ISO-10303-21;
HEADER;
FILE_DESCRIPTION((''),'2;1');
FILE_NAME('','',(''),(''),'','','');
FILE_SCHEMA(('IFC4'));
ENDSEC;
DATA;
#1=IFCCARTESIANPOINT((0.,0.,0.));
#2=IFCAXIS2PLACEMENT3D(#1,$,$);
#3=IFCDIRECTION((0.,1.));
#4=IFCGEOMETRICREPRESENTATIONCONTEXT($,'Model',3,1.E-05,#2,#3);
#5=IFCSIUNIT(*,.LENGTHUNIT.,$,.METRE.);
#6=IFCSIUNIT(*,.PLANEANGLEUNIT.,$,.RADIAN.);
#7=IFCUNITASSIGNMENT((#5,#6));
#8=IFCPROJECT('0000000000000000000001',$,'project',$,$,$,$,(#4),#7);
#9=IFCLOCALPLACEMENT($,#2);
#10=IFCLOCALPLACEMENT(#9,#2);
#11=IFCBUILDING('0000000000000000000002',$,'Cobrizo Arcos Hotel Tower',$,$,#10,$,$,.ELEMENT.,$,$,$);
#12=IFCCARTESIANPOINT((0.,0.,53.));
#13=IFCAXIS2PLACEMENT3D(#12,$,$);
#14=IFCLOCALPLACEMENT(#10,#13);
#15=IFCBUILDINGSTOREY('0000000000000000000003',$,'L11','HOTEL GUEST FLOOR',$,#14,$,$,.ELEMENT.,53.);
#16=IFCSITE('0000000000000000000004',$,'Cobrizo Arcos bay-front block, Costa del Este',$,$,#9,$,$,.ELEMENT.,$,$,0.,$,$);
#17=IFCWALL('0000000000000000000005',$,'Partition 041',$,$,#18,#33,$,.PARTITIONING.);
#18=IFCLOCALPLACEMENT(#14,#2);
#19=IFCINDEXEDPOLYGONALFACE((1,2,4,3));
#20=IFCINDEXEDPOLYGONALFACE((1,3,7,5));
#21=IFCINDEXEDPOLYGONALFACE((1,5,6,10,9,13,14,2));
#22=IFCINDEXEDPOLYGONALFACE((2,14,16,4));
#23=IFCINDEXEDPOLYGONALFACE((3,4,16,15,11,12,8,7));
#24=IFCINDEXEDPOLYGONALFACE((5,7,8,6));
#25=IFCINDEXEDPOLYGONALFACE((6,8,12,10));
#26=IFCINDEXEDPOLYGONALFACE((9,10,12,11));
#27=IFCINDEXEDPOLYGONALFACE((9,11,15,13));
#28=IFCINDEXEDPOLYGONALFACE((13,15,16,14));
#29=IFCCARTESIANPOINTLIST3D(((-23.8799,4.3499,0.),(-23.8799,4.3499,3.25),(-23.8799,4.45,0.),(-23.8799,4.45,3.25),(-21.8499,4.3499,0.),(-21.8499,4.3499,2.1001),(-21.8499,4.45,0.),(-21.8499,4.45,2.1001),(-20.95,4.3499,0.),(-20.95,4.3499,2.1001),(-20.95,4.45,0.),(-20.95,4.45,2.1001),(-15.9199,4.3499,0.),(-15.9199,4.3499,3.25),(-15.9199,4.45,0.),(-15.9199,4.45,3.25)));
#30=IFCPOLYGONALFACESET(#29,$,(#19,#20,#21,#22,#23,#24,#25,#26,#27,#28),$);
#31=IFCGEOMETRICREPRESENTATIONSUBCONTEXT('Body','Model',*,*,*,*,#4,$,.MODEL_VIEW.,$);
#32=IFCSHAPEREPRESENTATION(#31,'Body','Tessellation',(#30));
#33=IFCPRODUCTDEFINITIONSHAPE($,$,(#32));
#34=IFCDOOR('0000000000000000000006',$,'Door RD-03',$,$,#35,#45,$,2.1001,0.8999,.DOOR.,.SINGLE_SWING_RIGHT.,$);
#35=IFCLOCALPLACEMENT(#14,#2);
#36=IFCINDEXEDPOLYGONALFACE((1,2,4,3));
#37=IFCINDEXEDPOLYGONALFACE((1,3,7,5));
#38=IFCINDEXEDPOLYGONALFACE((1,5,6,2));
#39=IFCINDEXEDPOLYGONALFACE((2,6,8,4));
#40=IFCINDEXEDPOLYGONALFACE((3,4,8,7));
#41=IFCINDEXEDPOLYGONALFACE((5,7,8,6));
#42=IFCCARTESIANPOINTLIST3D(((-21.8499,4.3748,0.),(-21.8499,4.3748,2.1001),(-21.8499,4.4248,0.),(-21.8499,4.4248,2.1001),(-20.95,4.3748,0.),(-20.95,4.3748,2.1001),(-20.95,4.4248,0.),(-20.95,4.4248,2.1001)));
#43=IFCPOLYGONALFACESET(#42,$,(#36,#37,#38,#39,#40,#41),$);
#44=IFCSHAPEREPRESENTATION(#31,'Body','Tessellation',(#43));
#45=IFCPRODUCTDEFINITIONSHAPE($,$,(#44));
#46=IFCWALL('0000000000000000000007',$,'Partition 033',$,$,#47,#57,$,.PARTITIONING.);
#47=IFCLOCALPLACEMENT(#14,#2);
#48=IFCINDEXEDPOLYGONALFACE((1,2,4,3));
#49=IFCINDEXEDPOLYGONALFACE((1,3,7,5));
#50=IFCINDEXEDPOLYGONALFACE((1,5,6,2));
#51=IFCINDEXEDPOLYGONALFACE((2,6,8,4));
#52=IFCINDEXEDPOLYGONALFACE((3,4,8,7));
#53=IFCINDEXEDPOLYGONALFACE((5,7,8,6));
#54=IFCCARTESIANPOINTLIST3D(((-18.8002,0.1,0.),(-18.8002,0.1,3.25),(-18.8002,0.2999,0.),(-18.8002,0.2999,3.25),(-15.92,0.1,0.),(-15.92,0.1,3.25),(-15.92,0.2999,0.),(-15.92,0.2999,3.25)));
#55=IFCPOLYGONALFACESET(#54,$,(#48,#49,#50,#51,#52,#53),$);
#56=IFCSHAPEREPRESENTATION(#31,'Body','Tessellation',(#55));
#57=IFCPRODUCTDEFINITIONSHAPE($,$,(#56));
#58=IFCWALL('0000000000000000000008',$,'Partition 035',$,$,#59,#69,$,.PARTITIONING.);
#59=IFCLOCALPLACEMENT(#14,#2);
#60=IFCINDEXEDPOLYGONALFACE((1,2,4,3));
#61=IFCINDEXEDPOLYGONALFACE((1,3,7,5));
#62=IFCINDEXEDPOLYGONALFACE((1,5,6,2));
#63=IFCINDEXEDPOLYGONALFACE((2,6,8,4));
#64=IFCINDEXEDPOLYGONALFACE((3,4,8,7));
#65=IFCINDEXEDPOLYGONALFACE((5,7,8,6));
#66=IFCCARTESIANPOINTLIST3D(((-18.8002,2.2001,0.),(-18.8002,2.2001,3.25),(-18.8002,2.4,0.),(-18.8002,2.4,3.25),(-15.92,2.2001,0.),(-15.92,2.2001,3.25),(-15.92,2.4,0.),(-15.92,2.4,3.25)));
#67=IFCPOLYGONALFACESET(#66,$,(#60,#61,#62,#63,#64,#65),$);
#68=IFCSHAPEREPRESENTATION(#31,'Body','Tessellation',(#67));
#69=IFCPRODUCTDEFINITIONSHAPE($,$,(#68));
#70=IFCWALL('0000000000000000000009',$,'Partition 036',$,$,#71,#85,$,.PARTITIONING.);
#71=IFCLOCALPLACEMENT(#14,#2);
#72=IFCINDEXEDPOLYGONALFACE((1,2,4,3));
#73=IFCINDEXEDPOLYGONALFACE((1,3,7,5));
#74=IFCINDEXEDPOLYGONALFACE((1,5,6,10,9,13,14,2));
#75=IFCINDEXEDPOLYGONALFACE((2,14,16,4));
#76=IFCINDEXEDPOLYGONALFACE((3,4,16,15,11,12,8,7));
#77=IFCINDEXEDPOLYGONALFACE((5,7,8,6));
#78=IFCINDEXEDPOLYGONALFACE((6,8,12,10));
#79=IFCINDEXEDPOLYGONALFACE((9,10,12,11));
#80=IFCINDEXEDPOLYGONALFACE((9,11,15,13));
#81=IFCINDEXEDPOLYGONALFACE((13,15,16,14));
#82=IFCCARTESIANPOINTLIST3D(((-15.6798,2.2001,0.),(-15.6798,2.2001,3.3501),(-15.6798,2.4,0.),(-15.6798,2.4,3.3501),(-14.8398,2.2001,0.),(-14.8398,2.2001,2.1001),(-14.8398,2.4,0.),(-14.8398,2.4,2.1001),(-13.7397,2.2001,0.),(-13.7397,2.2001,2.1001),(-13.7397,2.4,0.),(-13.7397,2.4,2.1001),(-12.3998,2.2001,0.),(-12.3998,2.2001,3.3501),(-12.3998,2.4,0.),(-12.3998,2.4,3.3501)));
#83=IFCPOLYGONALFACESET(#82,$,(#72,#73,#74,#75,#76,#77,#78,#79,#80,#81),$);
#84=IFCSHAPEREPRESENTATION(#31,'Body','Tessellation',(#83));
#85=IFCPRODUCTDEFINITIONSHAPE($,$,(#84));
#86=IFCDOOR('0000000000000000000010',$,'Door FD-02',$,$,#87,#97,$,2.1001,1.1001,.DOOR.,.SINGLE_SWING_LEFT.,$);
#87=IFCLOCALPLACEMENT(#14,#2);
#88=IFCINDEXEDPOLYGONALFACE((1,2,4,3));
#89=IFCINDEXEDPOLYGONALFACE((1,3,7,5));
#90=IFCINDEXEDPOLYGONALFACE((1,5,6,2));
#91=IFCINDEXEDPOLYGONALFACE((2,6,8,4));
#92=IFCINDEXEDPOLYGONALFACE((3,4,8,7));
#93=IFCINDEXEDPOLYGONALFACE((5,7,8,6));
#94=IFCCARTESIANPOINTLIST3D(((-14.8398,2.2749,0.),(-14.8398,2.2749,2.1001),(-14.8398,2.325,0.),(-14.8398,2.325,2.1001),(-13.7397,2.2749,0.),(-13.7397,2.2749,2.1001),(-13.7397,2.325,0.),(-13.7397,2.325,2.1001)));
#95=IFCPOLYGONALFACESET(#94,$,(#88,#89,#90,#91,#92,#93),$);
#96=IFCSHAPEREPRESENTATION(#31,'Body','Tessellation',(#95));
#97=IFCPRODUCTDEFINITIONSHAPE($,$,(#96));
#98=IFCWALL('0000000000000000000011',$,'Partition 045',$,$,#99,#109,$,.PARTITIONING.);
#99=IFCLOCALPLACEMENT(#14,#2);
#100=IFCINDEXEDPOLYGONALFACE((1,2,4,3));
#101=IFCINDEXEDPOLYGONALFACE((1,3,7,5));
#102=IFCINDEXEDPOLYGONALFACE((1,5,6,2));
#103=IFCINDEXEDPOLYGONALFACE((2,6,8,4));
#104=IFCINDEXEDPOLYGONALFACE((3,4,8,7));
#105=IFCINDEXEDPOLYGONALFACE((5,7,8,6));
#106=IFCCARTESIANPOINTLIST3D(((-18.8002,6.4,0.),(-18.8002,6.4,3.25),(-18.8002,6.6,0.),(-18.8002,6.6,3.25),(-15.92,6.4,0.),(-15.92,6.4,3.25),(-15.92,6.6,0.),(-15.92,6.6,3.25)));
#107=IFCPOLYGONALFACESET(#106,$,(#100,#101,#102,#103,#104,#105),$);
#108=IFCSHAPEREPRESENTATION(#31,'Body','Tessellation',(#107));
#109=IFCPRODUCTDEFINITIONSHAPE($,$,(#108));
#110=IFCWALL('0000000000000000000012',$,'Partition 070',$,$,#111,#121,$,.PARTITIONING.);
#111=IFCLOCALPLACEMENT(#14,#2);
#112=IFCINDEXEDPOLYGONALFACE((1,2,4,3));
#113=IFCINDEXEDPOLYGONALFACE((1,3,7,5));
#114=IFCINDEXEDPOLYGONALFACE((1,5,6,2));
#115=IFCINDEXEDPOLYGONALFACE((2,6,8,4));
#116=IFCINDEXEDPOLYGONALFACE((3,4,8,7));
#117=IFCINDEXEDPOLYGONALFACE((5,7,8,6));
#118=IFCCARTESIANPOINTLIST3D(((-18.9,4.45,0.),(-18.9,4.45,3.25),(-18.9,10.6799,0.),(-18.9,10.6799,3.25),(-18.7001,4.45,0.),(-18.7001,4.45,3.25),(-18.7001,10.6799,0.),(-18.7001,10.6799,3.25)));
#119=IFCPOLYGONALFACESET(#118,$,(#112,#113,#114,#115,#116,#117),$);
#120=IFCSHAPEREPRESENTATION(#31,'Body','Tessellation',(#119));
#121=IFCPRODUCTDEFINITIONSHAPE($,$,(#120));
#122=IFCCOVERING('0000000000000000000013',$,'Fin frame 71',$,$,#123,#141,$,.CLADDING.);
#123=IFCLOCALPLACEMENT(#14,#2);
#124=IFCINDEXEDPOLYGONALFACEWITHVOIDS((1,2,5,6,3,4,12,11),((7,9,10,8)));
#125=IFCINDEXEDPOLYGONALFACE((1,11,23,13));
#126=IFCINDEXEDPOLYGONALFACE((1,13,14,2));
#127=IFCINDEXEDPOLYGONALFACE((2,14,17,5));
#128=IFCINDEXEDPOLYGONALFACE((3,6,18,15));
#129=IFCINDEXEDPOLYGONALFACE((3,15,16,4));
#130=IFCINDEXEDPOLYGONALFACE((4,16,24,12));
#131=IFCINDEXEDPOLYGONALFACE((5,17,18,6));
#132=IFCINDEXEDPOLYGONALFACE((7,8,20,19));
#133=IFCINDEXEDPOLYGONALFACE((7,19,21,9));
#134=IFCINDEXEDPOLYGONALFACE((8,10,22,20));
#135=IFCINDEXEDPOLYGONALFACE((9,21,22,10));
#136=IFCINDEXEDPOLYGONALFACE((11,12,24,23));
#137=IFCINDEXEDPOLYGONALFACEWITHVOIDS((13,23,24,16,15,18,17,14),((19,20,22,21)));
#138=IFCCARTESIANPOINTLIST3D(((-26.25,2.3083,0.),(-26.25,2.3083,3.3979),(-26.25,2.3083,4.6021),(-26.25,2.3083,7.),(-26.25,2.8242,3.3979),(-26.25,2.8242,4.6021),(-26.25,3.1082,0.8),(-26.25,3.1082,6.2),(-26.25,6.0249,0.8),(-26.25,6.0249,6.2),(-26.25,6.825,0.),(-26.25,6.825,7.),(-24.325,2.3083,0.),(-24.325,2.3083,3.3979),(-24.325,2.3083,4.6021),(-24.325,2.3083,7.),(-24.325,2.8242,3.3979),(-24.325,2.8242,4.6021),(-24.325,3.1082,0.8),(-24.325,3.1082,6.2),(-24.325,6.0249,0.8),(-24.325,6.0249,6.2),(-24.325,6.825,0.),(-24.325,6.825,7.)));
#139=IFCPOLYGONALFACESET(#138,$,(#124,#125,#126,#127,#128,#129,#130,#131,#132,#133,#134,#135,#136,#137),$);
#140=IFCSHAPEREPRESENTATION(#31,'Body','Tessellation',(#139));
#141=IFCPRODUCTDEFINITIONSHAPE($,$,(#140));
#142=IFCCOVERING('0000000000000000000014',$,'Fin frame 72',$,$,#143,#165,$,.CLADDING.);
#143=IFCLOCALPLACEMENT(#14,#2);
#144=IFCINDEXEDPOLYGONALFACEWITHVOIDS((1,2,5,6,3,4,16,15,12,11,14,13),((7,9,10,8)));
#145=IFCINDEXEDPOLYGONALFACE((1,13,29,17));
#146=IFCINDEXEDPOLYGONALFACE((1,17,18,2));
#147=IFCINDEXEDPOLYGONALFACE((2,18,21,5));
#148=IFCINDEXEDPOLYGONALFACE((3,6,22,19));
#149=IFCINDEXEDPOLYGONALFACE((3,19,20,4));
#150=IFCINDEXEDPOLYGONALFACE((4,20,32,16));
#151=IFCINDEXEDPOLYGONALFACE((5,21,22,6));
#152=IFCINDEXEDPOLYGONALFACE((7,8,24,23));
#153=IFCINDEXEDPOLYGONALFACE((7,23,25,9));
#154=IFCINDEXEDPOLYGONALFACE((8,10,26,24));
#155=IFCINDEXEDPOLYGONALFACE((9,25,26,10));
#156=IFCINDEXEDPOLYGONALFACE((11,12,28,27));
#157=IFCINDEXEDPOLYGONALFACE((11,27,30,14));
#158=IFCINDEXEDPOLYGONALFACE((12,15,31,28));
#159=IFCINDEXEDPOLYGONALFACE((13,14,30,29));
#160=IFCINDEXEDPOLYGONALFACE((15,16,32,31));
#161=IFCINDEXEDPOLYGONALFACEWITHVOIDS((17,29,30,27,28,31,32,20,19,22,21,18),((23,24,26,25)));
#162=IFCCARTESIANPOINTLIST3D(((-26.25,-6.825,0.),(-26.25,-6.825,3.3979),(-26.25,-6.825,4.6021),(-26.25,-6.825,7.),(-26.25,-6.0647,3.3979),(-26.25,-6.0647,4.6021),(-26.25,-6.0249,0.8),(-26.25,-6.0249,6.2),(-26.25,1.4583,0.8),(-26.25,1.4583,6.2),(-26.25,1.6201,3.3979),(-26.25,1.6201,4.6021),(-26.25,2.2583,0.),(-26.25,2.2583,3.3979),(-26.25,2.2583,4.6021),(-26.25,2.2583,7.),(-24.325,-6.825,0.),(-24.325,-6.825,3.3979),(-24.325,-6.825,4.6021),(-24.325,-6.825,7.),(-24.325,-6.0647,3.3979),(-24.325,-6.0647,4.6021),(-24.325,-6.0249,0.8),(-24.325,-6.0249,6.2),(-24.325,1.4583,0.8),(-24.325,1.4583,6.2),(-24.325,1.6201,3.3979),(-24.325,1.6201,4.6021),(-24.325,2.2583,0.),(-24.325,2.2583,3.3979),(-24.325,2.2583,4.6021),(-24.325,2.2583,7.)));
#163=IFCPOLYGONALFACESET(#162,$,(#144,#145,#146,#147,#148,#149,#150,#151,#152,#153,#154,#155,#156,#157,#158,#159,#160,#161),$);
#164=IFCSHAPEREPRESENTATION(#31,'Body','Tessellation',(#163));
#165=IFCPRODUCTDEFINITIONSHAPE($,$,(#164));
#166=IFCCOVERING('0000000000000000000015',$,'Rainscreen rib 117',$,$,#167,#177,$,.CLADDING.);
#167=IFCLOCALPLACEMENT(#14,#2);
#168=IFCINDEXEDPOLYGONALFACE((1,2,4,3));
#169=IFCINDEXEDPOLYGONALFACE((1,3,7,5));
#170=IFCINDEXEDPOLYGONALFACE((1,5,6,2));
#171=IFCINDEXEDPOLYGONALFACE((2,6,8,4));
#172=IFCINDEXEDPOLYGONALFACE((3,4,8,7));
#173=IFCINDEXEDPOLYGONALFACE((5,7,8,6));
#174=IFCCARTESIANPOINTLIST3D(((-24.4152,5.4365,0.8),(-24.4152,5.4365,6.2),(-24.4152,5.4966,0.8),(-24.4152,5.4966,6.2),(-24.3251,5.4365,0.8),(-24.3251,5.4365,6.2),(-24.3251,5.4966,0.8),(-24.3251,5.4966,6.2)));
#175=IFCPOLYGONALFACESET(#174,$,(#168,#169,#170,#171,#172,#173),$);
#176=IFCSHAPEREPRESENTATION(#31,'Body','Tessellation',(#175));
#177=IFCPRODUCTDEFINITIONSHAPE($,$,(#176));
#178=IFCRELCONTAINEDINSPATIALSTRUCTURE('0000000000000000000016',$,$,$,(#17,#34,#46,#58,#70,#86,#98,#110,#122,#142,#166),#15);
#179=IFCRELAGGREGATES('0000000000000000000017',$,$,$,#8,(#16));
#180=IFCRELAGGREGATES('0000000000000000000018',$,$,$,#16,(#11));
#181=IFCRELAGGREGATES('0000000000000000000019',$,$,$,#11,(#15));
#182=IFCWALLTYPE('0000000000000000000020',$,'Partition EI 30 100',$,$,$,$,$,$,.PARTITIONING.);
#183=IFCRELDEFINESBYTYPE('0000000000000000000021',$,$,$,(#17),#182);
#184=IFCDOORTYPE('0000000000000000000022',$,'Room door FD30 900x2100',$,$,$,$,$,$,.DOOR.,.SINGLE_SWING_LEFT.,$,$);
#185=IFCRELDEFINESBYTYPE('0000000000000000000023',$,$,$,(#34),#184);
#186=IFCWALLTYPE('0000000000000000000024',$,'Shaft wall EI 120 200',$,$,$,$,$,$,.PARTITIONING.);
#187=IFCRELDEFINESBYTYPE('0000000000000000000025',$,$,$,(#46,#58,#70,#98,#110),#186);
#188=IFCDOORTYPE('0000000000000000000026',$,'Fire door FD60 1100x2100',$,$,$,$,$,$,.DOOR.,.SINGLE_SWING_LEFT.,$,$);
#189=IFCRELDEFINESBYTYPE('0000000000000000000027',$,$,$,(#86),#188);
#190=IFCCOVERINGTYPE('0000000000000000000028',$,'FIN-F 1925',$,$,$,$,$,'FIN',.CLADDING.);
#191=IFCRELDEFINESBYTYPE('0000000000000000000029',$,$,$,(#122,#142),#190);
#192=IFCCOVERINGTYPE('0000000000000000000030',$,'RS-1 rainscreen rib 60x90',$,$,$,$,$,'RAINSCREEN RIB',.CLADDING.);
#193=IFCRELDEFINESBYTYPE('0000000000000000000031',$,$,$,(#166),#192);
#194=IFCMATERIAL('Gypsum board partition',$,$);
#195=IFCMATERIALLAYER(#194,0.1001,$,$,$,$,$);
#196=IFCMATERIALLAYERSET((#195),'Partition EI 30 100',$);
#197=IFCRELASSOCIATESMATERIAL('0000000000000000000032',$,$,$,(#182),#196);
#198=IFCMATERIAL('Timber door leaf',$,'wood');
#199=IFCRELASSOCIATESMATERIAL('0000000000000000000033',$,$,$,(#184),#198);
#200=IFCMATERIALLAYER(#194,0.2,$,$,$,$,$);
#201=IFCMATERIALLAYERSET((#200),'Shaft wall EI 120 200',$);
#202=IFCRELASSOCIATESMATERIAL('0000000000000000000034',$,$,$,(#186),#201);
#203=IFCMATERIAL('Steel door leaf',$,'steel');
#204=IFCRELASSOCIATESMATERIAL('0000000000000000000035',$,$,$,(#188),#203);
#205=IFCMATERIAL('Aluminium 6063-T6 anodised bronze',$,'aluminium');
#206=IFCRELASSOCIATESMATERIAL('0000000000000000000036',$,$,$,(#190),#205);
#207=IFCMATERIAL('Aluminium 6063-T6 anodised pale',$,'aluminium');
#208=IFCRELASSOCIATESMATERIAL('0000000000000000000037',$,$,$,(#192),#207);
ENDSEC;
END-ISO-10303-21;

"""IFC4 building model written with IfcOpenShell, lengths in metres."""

from ifc_helpers import new_model, si_unit, direction, frame, frame_2d, origin, origin_2d, place, context, subcontext, project, spatial, polyline, rectangle, outline, extrude, material, layer, layer_set, type_object, element, fill, save


model = new_model("IFC4")

# Units and contexts
model_context = context("Model", 3, precision=1e-05, world=origin(), true_north=direction((0.0, 1.0)))
body_context = subcontext(model_context, "Body", "Model", "MODEL_VIEW")
ifc_project = project(units=[si_unit("LENGTHUNIT", "METRE"), si_unit("PLANEANGLEUNIT", "RADIAN")], contexts=[model_context])

# Site, building, storey
site_placement = place(None, origin())
site = spatial("IfcSite", under=ifc_project, at=site_placement, Name="Cobrizo Arcos bay-front block, Costa del Este", CompositionType="ELEMENT", RefElevation=0.0)
building_placement = place(site_placement, origin())
building = spatial("IfcBuilding", under=site, at=building_placement, Name="Cobrizo Arcos Hotel Tower", CompositionType="ELEMENT")
storey_placement = place(building_placement, frame((0.0, 0.0, 53.0)))
storey = spatial("IfcBuildingStorey", under=building, at=storey_placement, Name="L11", Description="HOTEL GUEST FLOOR", CompositionType="ELEMENT", Elevation=53.0)

# Wall, opening, door
ifc_material_1 = material(Name="Gypsum board partition")
ifc_layer_1 = layer(ifc_material_1, 0.1001)
ifc_layer_set_1 = layer_set([ifc_layer_1], Name="Partition EI 30 100")
wall_type_1 = type_object("IfcWallType", Name="Partition EI 30 100", PredefinedType="PARTITIONING", material=ifc_layer_set_1)
wall_1_placement = place(storey_placement, frame((-23.8799, 4.3999, 0.0), z_axis=(0.0, 0.0, 1.0), x_axis=(1.0, 0.0, 0.0)))
wall_1 = element("IfcWall", 1, at=wall_1_placement, inside=storey, type_object=wall_type_1, Name="Partition 041", PredefinedType="PARTITIONING", context=body_context, shape_type="SweptSolid", body=[
    extrude(rectangle(XDim=7.96, YDim=0.1001, at=frame_2d((3.98, 0.0))), origin(), (0.0, 0.0, 1.0), 3.25),
])
opening_1_placement = place(wall_1_placement, frame((2.03, 0.0, 0.0)))
opening_1 = element("IfcOpeningElement", 2, at=opening_1_placement, cuts=wall_1, PredefinedType="OPENING", context=body_context, shape_type="SweptSolid", body=[
    extrude(rectangle(XDim=0.8999, YDim=2.1001, at=frame_2d((0.45, 1.05))), frame((0.0, 0.062, 0.0), z_axis=(0.0, -1.0, 0.0), x_axis=(1.0, 0.0, 0.0)), (0.0, 0.0, 1.0), 0.124),
])
ifc_material_2 = material(Name="Timber door leaf", Category="wood")
door_type_1 = type_object("IfcDoorType", Name="Room door FD30 900x2100", OperationType="SINGLE_SWING_LEFT", PredefinedType="DOOR", material=ifc_material_2)
door_1_placement = place(opening_1_placement, origin())
door_1 = element("IfcDoor", 3, at=door_1_placement, inside=storey, type_object=door_type_1, Name="Door RD-03", OperationType="SINGLE_SWING_RIGHT", OverallHeight=2.1001, OverallWidth=0.8999, PredefinedType="DOOR", context=body_context, shape_type="SweptSolid", body=[
    extrude(rectangle(XDim=0.8999, YDim=2.1001, at=frame_2d((0.45, 1.05))), frame((0.0, 0.0249, 0.0), z_axis=(0.0, -1.0, 0.0), x_axis=(1.0, 0.0, 0.0)), (0.0, 0.0, 1.0), 0.05),
])
fill(opening_1, door_1)

# Walls
ifc_layer_2 = layer(ifc_material_1, 0.2)
ifc_layer_set_2 = layer_set([ifc_layer_2], Name="Shaft wall EI 120 200")
wall_type_2 = type_object("IfcWallType", Name="Shaft wall EI 120 200", PredefinedType="PARTITIONING", material=ifc_layer_set_2)
for number, where, z_axis, x_axis, name in (
    (4, (-18.8, 0.2, 0.0), (0.0, 0.0, 1.0), (1.0, 0.0, 0.0), "Partition 033"),
    (5, (-18.8, 2.3, 0.0), (0.0, 0.0, 1.0), (1.0, 0.0, 0.0), "Partition 035"),
):
    element("IfcWall", number, at=place(storey_placement, frame(where, z_axis=z_axis, x_axis=x_axis)), inside=storey, type_object=wall_type_2, Name=name, PredefinedType="PARTITIONING", context=body_context, shape_type="SweptSolid", body=[
        extrude(rectangle(XDim=2.8801, YDim=0.2, at=frame_2d((1.4399, 0.0))), origin(), (0.0, 0.0, 1.0), 3.25),
    ])

# Wall, opening, door
wall_2_placement = place(storey_placement, frame((-15.6799, 2.3, 0.0), z_axis=(0.0, 0.0, 1.0), x_axis=(1.0, 0.0, 0.0)))
wall_2 = element("IfcWall", 6, at=wall_2_placement, inside=storey, type_object=wall_type_2, Name="Partition 036", PredefinedType="PARTITIONING", context=body_context, shape_type="SweptSolid", body=[
    extrude(rectangle(XDim=3.28, YDim=0.2, at=frame_2d((1.6401, 0.0))), origin(), (0.0, 0.0, 1.0), 3.3501),
])
opening_2_placement = place(wall_2_placement, frame((0.8401, 0.0, 0.0)))
opening_2 = element("IfcOpeningElement", 7, at=opening_2_placement, cuts=wall_2, PredefinedType="OPENING", context=body_context, shape_type="SweptSolid", body=[
    extrude(rectangle(XDim=1.1001, YDim=2.1001, at=frame_2d((0.55, 1.05))), frame((0.0, 0.1121, 0.0), z_axis=(0.0, -1.0, 0.0), x_axis=(1.0, 0.0, 0.0)), (0.0, 0.0, 1.0), 0.2239),
])
ifc_material_3 = material(Name="Steel door leaf", Category="steel")
door_type_2 = type_object("IfcDoorType", Name="Fire door FD60 1100x2100", OperationType="SINGLE_SWING_LEFT", PredefinedType="DOOR", material=ifc_material_3)
door_2_placement = place(opening_2_placement, origin())
door_2 = element("IfcDoor", 8, at=door_2_placement, inside=storey, type_object=door_type_2, Name="Door FD-02", OperationType="SINGLE_SWING_LEFT", OverallHeight=2.1001, OverallWidth=1.1001, PredefinedType="DOOR", context=body_context, shape_type="SweptSolid", body=[
    extrude(rectangle(XDim=1.1001, YDim=2.1001, at=frame_2d((0.55, 1.05))), frame((0.0, 0.0249, 0.0), z_axis=(0.0, -1.0, 0.0), x_axis=(1.0, 0.0, 0.0)), (0.0, 0.0, 1.0), 0.05),
])
fill(opening_2, door_2)

# Walls
wall_3_placement = place(storey_placement, frame((-18.8, 6.5, 0.0), z_axis=(0.0, 0.0, 1.0), x_axis=(1.0, 0.0, 0.0)))
element("IfcWall", 9, at=wall_3_placement, inside=storey, type_object=wall_type_2, Name="Partition 045", PredefinedType="PARTITIONING", context=body_context, shape_type="SweptSolid", body=[
    extrude(rectangle(XDim=2.8801, YDim=0.2, at=frame_2d((1.4399, 0.0))), origin(), (0.0, 0.0, 1.0), 3.25),
])
wall_4_placement = place(storey_placement, frame((-18.8, 4.45, 0.0), z_axis=(0.0, 0.0, 1.0), x_axis=(0.0, 1.0, 0.0)))
element("IfcWall", 10, at=wall_4_placement, inside=storey, type_object=wall_type_2, Name="Partition 070", PredefinedType="PARTITIONING", context=body_context, shape_type="SweptSolid", body=[
    extrude(rectangle(XDim=6.23, YDim=0.2, at=frame_2d((3.115, 0.0))), origin(), (0.0, 0.0, 1.0), 3.25),
])

# Coverings
ifc_material_4 = material(Name="Aluminium 6063-T6 anodised bronze", Category="aluminium")
covering_type_1 = type_object("IfcCoveringType", Name="FIN-F 1925", ElementType="FIN", PredefinedType="CLADDING", material=ifc_material_4)
covering_1_placement = place(storey_placement, frame((-24.325, 6.825, 0.0), z_axis=(-1.0, 0.0, 0.0), x_axis=(0.0, -1.0, 0.0)))
element("IfcCovering", 11, at=covering_1_placement, inside=storey, type_object=covering_type_1, Name="Fin frame 71", PredefinedType="CLADDING", context=body_context, shape_type="SweptSolid", body=[
    extrude(outline(polyline([(4.5166, 0.0), (4.5166, 3.3979), (4.0007, 3.3979), (4.0007, 4.6021), (4.5166, 4.6021), (4.5166, 7.0), (0.0, 7.0), (0.0, 0.0), (4.5166, 0.0)]), holes=[polyline([(3.7168, 0.8), (0.8, 0.8), (0.8, 6.2), (3.7168, 6.2), (3.7168, 0.8)])]), origin(), (0.0, 0.0, 1.0), 1.925),
])
covering_2_placement = place(storey_placement, frame((-24.325, 2.2583, 0.0), z_axis=(-1.0, 0.0, 0.0), x_axis=(0.0, -1.0, 0.0)))
element("IfcCovering", 12, at=covering_2_placement, inside=storey, type_object=covering_type_1, Name="Fin frame 72", PredefinedType="CLADDING", context=body_context, shape_type="SweptSolid", body=[
    extrude(outline(polyline([(9.0833, 0.0), (9.0833, 3.3979), (8.323, 3.3979), (8.323, 4.6021), (9.0833, 4.6021), (9.0833, 7.0), (0.0, 7.0), (0.0, 4.6021), (0.6382, 4.6021), (0.6382, 3.3979), (0.0, 3.3979), (0.0, 0.0), (9.0833, 0.0)]), holes=[polyline([(8.2832, 0.8), (0.8, 0.8), (0.8, 6.2), (8.2832, 6.2), (8.2832, 0.8)])]), origin(), (0.0, 0.0, 1.0), 1.925),
])
ifc_material_5 = material(Name="Aluminium 6063-T6 anodised pale", Category="aluminium")
covering_type_2 = type_object("IfcCoveringType", Name="RS-1 rainscreen rib 60x90", ElementType="RAINSCREEN RIB", PredefinedType="CLADDING", material=ifc_material_5)
for number, where, z_axis, x_axis, name in (
    (13, (-24.3701, 5.4666, 0.8), (0.0, 0.0, 1.0), (0.0, -1.0, 0.0), "Rainscreen rib 117"),
):
    element("IfcCovering", number, at=place(storey_placement, frame(where, z_axis=z_axis, x_axis=x_axis)), inside=storey, type_object=covering_type_2, Name=name, PredefinedType="CLADDING", context=body_context, shape_type="SweptSolid", body=[
        extrude(rectangle(XDim=0.0601, YDim=0.0901, at=origin_2d()), origin(), (0.0, 0.0, 1.0), 5.3999),
    ])

save(model, "model.ifc")
